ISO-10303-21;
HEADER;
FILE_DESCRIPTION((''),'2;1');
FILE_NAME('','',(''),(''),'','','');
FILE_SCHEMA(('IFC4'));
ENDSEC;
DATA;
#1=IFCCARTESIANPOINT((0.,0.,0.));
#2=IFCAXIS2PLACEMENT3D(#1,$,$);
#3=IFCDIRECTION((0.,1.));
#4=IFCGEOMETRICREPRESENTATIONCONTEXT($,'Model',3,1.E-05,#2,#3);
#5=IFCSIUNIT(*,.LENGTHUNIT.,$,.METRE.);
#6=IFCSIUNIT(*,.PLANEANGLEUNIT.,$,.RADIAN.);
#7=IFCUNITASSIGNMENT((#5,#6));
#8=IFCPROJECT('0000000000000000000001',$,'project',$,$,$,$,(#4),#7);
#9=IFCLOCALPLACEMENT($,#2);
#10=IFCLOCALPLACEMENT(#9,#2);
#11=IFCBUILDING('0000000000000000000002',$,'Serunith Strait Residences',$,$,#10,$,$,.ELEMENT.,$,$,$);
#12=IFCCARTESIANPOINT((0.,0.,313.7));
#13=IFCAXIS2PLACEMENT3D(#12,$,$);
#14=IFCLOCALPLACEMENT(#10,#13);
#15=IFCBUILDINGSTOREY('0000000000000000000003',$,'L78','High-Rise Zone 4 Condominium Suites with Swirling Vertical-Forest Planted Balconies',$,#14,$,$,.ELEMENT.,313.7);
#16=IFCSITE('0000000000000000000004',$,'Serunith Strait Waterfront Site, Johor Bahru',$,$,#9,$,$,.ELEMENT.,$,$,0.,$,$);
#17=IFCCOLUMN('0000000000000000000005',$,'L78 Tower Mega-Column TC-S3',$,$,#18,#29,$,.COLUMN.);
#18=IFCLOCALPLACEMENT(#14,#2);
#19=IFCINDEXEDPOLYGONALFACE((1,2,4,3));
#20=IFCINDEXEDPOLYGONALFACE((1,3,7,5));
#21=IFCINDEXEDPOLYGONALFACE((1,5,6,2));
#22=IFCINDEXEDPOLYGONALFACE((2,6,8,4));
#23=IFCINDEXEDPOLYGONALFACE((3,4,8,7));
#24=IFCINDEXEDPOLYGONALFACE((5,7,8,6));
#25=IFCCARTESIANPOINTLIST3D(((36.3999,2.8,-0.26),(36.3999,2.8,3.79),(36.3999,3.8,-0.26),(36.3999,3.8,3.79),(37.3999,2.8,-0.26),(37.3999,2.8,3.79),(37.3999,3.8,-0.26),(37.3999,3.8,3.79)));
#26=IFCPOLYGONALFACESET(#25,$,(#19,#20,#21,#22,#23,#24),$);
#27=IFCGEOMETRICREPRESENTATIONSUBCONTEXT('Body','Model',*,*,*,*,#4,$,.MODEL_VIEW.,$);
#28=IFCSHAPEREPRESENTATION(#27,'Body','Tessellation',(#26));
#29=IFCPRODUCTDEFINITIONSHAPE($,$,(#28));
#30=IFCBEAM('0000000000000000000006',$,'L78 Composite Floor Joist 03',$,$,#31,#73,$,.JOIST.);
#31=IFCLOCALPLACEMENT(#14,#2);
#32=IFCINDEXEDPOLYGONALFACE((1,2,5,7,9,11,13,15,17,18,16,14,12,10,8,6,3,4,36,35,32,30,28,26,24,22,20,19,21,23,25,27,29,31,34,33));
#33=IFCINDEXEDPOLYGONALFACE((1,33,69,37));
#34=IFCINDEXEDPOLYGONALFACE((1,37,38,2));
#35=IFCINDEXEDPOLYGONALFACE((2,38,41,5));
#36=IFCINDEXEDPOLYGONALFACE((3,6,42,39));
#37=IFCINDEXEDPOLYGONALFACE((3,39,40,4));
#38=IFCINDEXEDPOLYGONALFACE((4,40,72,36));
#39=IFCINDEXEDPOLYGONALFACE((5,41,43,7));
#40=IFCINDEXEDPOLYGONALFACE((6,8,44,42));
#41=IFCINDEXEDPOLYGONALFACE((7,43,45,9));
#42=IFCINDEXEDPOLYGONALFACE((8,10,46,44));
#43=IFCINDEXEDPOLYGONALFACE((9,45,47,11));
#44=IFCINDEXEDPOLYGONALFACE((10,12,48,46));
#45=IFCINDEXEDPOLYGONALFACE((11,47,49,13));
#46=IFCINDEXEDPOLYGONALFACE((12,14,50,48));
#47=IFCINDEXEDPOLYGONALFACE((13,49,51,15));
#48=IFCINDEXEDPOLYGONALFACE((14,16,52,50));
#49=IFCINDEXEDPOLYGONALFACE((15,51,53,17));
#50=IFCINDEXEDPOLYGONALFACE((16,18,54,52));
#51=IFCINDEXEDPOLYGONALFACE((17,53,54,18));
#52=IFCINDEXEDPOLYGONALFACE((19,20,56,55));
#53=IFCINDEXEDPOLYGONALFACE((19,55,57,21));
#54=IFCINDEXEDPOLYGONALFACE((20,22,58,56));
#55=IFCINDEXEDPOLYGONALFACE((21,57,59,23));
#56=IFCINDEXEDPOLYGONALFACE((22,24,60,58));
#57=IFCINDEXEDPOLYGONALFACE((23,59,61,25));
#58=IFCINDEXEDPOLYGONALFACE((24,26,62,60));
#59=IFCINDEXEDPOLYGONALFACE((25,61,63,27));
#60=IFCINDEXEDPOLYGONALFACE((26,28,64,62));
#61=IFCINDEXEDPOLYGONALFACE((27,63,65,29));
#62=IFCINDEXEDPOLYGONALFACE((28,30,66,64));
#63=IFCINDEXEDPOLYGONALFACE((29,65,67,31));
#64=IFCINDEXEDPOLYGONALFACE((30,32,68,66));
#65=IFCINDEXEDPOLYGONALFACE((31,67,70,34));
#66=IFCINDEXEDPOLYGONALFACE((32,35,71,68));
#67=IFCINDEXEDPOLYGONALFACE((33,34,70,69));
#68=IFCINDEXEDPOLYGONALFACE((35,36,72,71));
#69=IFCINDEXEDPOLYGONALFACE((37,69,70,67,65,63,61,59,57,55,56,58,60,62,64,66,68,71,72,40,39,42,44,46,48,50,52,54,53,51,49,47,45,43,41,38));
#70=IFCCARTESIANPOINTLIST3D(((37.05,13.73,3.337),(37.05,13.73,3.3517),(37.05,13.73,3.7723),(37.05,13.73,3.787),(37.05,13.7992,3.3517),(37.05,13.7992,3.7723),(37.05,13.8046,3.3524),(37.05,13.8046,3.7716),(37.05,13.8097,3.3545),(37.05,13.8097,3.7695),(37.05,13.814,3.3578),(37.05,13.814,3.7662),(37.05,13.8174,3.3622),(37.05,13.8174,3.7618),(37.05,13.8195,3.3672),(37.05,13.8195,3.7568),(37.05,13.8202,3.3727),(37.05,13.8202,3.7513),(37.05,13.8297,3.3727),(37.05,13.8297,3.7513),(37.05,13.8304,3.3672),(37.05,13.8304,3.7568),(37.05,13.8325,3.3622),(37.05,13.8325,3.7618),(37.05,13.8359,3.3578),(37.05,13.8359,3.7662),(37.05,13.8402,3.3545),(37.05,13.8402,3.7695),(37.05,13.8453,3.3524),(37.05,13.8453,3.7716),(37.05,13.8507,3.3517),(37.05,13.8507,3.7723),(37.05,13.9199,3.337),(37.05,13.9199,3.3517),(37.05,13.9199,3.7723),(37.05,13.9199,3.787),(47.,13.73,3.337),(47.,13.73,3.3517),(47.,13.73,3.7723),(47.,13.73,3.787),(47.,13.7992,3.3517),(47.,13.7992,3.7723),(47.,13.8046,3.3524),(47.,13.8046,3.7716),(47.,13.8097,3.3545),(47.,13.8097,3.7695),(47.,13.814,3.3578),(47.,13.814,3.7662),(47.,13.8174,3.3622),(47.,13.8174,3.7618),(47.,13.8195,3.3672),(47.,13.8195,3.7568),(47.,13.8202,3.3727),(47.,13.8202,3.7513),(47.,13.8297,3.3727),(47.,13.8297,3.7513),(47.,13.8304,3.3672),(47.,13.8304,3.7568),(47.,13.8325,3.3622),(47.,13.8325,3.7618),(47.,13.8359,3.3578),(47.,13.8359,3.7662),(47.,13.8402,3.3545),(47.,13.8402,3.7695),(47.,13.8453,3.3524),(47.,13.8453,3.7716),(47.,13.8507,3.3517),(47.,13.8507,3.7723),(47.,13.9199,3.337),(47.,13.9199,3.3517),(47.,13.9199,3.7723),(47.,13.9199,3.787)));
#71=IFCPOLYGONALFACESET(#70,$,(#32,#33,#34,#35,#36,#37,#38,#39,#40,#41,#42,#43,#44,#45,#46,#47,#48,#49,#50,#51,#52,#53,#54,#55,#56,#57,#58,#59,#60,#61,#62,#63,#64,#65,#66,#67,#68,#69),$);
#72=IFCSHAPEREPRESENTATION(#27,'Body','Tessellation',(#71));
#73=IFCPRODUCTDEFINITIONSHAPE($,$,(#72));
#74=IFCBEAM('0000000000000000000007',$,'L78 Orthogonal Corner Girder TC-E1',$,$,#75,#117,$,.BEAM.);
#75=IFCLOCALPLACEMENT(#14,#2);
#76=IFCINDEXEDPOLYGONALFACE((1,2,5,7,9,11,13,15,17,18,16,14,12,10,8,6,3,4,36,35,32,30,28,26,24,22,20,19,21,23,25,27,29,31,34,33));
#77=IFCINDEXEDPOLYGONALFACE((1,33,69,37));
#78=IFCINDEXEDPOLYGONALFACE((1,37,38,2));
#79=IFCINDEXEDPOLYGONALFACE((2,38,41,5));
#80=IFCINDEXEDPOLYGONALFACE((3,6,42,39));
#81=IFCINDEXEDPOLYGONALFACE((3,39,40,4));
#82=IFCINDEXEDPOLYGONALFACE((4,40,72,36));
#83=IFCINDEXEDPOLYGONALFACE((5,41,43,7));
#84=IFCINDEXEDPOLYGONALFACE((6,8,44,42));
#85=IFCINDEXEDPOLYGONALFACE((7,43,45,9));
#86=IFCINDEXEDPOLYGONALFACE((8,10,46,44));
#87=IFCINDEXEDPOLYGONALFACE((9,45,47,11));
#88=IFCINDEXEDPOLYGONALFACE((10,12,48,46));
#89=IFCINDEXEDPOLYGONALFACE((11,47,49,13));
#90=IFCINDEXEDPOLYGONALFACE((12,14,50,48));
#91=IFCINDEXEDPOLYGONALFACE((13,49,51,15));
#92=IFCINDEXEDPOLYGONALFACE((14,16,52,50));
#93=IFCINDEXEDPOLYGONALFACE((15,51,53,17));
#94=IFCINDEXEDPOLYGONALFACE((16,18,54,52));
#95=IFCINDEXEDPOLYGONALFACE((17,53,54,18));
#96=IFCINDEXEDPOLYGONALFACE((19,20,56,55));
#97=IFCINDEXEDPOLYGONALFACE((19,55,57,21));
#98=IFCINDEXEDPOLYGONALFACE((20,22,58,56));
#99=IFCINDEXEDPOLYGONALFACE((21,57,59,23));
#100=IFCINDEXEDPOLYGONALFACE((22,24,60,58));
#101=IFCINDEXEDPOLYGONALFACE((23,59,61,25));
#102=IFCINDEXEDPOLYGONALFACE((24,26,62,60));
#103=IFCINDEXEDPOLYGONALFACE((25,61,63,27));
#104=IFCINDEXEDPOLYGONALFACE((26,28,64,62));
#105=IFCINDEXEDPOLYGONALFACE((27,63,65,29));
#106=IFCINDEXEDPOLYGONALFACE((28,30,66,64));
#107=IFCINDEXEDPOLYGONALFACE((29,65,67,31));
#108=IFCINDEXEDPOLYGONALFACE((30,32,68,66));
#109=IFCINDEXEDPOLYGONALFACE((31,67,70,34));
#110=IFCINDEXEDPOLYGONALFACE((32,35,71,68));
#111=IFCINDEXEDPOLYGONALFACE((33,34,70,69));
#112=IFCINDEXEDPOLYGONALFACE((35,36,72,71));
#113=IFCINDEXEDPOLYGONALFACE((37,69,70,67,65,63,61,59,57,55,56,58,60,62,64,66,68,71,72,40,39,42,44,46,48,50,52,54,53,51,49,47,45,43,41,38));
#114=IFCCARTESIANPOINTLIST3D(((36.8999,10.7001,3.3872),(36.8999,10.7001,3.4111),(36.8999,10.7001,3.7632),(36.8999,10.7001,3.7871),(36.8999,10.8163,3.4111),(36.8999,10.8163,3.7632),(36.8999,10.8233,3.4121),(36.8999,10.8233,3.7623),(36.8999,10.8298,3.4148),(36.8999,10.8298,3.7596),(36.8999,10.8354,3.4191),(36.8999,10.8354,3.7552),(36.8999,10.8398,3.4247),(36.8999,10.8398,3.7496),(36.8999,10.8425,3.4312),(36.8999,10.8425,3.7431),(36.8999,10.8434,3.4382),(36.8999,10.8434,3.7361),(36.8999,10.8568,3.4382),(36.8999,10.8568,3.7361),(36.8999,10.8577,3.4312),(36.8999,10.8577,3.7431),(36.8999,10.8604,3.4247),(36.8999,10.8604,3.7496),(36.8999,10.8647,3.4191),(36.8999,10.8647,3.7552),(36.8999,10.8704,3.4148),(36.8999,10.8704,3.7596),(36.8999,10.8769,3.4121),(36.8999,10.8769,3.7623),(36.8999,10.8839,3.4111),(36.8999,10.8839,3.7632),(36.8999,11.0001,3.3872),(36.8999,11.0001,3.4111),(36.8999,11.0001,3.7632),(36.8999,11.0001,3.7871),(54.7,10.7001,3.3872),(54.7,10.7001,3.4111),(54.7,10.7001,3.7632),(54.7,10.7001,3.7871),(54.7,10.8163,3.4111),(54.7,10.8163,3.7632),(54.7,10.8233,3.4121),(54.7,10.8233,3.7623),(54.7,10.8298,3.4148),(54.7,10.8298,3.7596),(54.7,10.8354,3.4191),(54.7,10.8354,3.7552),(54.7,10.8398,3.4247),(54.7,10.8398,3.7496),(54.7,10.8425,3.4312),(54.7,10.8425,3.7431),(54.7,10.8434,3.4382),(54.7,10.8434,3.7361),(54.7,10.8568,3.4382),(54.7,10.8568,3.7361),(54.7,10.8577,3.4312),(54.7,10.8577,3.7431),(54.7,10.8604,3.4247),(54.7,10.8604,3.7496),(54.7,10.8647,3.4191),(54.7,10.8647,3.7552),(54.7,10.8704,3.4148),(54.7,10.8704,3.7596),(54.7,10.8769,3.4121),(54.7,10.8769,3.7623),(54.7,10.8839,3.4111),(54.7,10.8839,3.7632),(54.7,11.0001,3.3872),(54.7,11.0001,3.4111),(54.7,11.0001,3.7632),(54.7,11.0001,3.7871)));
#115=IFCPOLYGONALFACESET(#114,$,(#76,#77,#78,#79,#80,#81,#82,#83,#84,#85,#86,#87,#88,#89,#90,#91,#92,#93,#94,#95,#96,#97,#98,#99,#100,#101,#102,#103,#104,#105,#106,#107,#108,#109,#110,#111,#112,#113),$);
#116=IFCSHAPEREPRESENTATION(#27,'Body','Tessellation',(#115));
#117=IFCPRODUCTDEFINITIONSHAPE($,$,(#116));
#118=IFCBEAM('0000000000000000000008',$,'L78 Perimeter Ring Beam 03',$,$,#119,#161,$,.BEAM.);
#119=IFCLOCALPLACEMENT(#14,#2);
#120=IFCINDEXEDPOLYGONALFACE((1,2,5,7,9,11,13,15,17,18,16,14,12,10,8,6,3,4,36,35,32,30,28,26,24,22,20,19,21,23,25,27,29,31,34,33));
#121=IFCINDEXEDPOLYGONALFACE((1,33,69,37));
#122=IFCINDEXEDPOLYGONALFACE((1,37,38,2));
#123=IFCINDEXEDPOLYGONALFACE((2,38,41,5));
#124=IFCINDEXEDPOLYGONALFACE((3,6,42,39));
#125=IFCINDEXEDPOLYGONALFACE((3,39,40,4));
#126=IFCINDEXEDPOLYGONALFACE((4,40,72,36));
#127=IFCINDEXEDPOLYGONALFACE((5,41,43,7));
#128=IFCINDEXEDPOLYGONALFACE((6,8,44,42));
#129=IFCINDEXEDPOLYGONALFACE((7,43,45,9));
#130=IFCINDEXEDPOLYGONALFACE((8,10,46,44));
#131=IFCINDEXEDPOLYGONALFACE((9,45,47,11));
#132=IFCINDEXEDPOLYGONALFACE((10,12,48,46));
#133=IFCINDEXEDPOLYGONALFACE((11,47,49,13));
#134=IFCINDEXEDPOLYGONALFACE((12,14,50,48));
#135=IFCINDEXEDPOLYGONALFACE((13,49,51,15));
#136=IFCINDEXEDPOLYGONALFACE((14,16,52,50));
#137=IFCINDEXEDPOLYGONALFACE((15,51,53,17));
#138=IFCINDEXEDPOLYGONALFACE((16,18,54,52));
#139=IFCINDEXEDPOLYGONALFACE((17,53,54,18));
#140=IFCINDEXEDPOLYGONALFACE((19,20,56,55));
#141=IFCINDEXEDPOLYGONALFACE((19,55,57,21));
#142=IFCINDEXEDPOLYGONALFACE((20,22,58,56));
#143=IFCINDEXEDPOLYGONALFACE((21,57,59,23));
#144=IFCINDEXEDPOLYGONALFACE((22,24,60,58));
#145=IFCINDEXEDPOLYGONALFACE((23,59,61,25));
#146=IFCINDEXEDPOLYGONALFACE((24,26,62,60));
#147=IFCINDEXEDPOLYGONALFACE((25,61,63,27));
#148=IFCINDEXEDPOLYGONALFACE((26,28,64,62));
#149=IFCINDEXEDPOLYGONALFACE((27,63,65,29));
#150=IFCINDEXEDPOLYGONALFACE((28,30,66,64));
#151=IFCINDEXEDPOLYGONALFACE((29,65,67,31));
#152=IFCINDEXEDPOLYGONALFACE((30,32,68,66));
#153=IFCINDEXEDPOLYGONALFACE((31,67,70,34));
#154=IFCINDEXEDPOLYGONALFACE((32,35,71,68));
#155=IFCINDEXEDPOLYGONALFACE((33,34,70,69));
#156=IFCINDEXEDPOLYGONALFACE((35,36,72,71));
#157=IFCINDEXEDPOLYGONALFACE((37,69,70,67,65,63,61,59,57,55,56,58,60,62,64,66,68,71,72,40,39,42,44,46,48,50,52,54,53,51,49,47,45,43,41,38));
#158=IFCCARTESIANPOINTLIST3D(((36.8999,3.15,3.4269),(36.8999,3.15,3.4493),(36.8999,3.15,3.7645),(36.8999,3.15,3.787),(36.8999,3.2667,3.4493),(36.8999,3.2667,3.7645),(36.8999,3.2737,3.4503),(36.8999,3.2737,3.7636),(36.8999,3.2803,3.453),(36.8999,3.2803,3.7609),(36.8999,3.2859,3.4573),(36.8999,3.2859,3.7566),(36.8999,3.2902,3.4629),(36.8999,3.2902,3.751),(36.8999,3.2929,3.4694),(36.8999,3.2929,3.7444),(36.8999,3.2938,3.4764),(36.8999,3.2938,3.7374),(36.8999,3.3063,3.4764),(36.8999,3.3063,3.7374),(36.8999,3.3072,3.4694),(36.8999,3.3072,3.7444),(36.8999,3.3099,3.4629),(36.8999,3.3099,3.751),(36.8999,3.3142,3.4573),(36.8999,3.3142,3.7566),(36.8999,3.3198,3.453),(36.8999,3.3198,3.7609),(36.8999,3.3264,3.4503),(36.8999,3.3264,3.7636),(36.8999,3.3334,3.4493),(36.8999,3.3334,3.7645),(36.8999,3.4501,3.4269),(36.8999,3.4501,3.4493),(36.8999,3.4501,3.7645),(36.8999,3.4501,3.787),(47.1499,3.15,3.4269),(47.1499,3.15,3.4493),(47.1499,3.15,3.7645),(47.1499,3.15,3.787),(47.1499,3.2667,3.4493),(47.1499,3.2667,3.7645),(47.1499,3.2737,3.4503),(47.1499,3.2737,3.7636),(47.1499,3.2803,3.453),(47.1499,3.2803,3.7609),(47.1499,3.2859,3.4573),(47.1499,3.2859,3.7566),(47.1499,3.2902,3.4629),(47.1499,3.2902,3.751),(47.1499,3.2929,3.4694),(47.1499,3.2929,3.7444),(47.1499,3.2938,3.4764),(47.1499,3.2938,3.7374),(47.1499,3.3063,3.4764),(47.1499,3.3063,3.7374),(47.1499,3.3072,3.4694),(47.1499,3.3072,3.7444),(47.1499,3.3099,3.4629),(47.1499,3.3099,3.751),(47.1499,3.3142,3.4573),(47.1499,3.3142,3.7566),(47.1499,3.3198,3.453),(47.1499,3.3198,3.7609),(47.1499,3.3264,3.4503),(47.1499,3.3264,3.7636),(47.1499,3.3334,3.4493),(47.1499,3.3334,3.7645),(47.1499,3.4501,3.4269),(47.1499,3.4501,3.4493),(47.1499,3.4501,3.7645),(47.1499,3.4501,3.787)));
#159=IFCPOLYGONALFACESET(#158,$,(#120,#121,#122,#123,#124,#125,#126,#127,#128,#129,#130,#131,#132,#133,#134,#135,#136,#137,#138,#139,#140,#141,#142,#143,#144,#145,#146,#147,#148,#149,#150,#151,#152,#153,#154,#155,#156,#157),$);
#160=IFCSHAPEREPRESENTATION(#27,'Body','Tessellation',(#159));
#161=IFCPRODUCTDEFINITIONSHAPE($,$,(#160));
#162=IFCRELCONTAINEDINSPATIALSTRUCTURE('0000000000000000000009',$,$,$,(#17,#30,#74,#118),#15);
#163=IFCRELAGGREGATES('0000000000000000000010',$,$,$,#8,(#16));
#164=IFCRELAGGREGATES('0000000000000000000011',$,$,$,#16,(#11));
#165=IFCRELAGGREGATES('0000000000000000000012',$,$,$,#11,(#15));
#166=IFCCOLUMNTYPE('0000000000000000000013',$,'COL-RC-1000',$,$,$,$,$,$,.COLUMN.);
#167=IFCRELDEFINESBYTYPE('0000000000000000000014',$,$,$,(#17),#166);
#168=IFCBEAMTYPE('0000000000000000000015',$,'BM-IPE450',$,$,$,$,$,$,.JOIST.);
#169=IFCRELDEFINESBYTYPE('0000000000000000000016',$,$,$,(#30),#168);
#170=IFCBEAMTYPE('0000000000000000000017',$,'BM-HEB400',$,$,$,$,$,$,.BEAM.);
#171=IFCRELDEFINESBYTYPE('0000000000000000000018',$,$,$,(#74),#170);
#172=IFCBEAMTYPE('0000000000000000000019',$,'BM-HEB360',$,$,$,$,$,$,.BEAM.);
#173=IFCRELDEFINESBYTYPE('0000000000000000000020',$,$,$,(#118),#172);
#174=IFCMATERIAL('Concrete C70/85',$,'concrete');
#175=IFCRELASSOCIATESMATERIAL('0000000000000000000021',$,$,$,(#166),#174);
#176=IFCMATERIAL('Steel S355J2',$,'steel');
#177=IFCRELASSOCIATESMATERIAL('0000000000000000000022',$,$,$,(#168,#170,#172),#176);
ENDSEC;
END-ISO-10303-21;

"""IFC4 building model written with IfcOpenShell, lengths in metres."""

from ifc_helpers import new_model, si_unit, direction, frame, origin, origin_2d, place, context, subcontext, project, spatial, rectangle, i_section, extrude, source, transform, mapped, material, material_profile, profile_set, type_object, element, save


model = new_model("IFC4")

# Units and contexts
model_context = context("Model", 3, precision=1e-05, world=origin(), true_north=direction((0.0, 1.0)))
body_context = subcontext(model_context, "Body", "Model", "MODEL_VIEW")
ifc_project = project(units=[si_unit("LENGTHUNIT", "METRE"), si_unit("PLANEANGLEUNIT", "RADIAN")], contexts=[model_context])

# Site, building, storey
site_placement = place(None, origin())
site = spatial("IfcSite", under=ifc_project, at=site_placement, Name="Serunith Strait Waterfront Site, Johor Bahru", CompositionType="ELEMENT", RefElevation=0.0)
building_placement = place(site_placement, origin())
building = spatial("IfcBuilding", under=site, at=building_placement, Name="Serunith Strait Residences", CompositionType="ELEMENT")
storey_placement = place(building_placement, frame((0.0, 0.0, 313.7)))
storey = spatial("IfcBuildingStorey", under=building, at=storey_placement, Name="L78", Description="High-Rise Zone 4 Condominium Suites with Swirling Vertical-Forest Planted Balconies", CompositionType="ELEMENT", Elevation=313.7)

# Column
ifc_material_1 = material(Name="Concrete C70/85", Category="concrete")
ifc_material_profile_1 = material_profile(ifc_material_1, rectangle(XDim=1.0, YDim=1.0, at=origin_2d()), Name="RC 1000x1000")
ifc_profile_set_1 = profile_set([ifc_material_profile_1], Name="Concrete C70/85")
column_type = type_object("IfcColumnType", Name="COL-RC-1000", PredefinedType="COLUMN", material=ifc_profile_set_1)
shared_shape_1 = source(origin(), body_context, "Body", "SweptSolid", [
    extrude(rectangle(XDim=1.0, YDim=1.0, at=origin_2d()), origin(), (0.0, 0.0, 1.0), 4.05),
])
column_placement = place(storey_placement, frame((36.8999, 3.3, -0.26), z_axis=(0.0, 0.0, 1.0), x_axis=(1.0, 0.0, 0.0)))
element("IfcColumn", 1, at=column_placement, inside=storey, type_object=column_type, Name="L78 Tower Mega-Column TC-S3", PredefinedType="COLUMN", context=body_context, shape_type="MappedRepresentation", body=[
    mapped(shared_shape_1, transform((0.0, 0.0, 0.0), scale=1.0)),
])

# Beams
ifc_material_2 = material(Name="Steel S355J2", Category="steel")
ifc_material_profile_2 = material_profile(ifc_material_2, i_section(OverallWidth=0.1899, OverallDepth=0.45, WebThickness=0.0095, FlangeThickness=0.0146, FilletRadius=0.021, at=origin_2d()), Name="IPE 450")
ifc_profile_set_2 = profile_set([ifc_material_profile_2], Name="Steel S355J2")
beam_type_1 = type_object("IfcBeamType", Name="BM-IPE450", PredefinedType="JOIST", material=ifc_profile_set_2)
shared_shape_2 = source(origin(), body_context, "Body", "SweptSolid", [
    extrude(i_section(OverallWidth=0.1899, OverallDepth=0.45, WebThickness=0.0095, FlangeThickness=0.0146, FilletRadius=0.021, at=origin_2d()), origin(), (0.0, 0.0, 1.0), 9.95),
])
beam_1_placement = place(storey_placement, frame((37.05, 13.825, 3.562), z_axis=(1.0, 0.0, 0.0), x_axis=(0.0, 1.0, 0.0)))
element("IfcBeam", 2, at=beam_1_placement, inside=storey, type_object=beam_type_1, Name="L78 Composite Floor Joist 03", PredefinedType="JOIST", context=body_context, shape_type="MappedRepresentation", body=[
    mapped(shared_shape_2, transform((0.0, 0.0, 0.0), scale=1.0)),
])
ifc_material_profile_3 = material_profile(ifc_material_2, i_section(OverallWidth=0.3, OverallDepth=0.3999, WebThickness=0.0134, FlangeThickness=0.0239, FilletRadius=0.0271, at=origin_2d()), Name="HEB 400")
ifc_profile_set_3 = profile_set([ifc_material_profile_3], Name="Steel S355J2")
beam_type_2 = type_object("IfcBeamType", Name="BM-HEB400", PredefinedType="BEAM", material=ifc_profile_set_3)
shared_shape_3 = source(origin(), body_context, "Body", "SweptSolid", [
    extrude(i_section(OverallWidth=0.3, OverallDepth=0.3999, WebThickness=0.0134, FlangeThickness=0.0239, FilletRadius=0.0271, at=origin_2d()), origin(), (0.0, 0.0, 1.0), 17.8),
])
beam_2_placement = place(storey_placement, frame((36.8999, 10.8501, 3.5872), z_axis=(1.0, 0.0, 0.0), x_axis=(0.0, 1.0, 0.0)))
element("IfcBeam", 3, at=beam_2_placement, inside=storey, type_object=beam_type_2, Name="L78 Orthogonal Corner Girder TC-E1", PredefinedType="BEAM", context=body_context, shape_type="MappedRepresentation", body=[
    mapped(shared_shape_3, transform((0.0, 0.0, 0.0), scale=1.0)),
])
ifc_material_profile_4 = material_profile(ifc_material_2, i_section(OverallWidth=0.3, OverallDepth=0.3601, WebThickness=0.0125, FlangeThickness=0.0225, FilletRadius=0.0271, at=origin_2d()), Name="HEB 360")
ifc_profile_set_4 = profile_set([ifc_material_profile_4], Name="Steel S355J2")
beam_type_3 = type_object("IfcBeamType", Name="BM-HEB360", PredefinedType="BEAM", material=ifc_profile_set_4)
shared_shape_4 = source(origin(), body_context, "Body", "SweptSolid", [
    extrude(i_section(OverallWidth=0.3, OverallDepth=0.3601, WebThickness=0.0125, FlangeThickness=0.0225, FilletRadius=0.0271, at=origin_2d()), origin(), (0.0, 0.0, 1.0), 10.25),
])
beam_3_placement = place(storey_placement, frame((36.8999, 3.3, 3.6069), z_axis=(1.0, 0.0, 0.0), x_axis=(0.0, 1.0, 0.0)))
element("IfcBeam", 4, at=beam_3_placement, inside=storey, type_object=beam_type_3, Name="L78 Perimeter Ring Beam 03", PredefinedType="BEAM", context=body_context, shape_type="MappedRepresentation", body=[
    mapped(shared_shape_4, transform((0.0, 0.0, 0.0), scale=1.0)),
])

save(model, "model.ifc")
